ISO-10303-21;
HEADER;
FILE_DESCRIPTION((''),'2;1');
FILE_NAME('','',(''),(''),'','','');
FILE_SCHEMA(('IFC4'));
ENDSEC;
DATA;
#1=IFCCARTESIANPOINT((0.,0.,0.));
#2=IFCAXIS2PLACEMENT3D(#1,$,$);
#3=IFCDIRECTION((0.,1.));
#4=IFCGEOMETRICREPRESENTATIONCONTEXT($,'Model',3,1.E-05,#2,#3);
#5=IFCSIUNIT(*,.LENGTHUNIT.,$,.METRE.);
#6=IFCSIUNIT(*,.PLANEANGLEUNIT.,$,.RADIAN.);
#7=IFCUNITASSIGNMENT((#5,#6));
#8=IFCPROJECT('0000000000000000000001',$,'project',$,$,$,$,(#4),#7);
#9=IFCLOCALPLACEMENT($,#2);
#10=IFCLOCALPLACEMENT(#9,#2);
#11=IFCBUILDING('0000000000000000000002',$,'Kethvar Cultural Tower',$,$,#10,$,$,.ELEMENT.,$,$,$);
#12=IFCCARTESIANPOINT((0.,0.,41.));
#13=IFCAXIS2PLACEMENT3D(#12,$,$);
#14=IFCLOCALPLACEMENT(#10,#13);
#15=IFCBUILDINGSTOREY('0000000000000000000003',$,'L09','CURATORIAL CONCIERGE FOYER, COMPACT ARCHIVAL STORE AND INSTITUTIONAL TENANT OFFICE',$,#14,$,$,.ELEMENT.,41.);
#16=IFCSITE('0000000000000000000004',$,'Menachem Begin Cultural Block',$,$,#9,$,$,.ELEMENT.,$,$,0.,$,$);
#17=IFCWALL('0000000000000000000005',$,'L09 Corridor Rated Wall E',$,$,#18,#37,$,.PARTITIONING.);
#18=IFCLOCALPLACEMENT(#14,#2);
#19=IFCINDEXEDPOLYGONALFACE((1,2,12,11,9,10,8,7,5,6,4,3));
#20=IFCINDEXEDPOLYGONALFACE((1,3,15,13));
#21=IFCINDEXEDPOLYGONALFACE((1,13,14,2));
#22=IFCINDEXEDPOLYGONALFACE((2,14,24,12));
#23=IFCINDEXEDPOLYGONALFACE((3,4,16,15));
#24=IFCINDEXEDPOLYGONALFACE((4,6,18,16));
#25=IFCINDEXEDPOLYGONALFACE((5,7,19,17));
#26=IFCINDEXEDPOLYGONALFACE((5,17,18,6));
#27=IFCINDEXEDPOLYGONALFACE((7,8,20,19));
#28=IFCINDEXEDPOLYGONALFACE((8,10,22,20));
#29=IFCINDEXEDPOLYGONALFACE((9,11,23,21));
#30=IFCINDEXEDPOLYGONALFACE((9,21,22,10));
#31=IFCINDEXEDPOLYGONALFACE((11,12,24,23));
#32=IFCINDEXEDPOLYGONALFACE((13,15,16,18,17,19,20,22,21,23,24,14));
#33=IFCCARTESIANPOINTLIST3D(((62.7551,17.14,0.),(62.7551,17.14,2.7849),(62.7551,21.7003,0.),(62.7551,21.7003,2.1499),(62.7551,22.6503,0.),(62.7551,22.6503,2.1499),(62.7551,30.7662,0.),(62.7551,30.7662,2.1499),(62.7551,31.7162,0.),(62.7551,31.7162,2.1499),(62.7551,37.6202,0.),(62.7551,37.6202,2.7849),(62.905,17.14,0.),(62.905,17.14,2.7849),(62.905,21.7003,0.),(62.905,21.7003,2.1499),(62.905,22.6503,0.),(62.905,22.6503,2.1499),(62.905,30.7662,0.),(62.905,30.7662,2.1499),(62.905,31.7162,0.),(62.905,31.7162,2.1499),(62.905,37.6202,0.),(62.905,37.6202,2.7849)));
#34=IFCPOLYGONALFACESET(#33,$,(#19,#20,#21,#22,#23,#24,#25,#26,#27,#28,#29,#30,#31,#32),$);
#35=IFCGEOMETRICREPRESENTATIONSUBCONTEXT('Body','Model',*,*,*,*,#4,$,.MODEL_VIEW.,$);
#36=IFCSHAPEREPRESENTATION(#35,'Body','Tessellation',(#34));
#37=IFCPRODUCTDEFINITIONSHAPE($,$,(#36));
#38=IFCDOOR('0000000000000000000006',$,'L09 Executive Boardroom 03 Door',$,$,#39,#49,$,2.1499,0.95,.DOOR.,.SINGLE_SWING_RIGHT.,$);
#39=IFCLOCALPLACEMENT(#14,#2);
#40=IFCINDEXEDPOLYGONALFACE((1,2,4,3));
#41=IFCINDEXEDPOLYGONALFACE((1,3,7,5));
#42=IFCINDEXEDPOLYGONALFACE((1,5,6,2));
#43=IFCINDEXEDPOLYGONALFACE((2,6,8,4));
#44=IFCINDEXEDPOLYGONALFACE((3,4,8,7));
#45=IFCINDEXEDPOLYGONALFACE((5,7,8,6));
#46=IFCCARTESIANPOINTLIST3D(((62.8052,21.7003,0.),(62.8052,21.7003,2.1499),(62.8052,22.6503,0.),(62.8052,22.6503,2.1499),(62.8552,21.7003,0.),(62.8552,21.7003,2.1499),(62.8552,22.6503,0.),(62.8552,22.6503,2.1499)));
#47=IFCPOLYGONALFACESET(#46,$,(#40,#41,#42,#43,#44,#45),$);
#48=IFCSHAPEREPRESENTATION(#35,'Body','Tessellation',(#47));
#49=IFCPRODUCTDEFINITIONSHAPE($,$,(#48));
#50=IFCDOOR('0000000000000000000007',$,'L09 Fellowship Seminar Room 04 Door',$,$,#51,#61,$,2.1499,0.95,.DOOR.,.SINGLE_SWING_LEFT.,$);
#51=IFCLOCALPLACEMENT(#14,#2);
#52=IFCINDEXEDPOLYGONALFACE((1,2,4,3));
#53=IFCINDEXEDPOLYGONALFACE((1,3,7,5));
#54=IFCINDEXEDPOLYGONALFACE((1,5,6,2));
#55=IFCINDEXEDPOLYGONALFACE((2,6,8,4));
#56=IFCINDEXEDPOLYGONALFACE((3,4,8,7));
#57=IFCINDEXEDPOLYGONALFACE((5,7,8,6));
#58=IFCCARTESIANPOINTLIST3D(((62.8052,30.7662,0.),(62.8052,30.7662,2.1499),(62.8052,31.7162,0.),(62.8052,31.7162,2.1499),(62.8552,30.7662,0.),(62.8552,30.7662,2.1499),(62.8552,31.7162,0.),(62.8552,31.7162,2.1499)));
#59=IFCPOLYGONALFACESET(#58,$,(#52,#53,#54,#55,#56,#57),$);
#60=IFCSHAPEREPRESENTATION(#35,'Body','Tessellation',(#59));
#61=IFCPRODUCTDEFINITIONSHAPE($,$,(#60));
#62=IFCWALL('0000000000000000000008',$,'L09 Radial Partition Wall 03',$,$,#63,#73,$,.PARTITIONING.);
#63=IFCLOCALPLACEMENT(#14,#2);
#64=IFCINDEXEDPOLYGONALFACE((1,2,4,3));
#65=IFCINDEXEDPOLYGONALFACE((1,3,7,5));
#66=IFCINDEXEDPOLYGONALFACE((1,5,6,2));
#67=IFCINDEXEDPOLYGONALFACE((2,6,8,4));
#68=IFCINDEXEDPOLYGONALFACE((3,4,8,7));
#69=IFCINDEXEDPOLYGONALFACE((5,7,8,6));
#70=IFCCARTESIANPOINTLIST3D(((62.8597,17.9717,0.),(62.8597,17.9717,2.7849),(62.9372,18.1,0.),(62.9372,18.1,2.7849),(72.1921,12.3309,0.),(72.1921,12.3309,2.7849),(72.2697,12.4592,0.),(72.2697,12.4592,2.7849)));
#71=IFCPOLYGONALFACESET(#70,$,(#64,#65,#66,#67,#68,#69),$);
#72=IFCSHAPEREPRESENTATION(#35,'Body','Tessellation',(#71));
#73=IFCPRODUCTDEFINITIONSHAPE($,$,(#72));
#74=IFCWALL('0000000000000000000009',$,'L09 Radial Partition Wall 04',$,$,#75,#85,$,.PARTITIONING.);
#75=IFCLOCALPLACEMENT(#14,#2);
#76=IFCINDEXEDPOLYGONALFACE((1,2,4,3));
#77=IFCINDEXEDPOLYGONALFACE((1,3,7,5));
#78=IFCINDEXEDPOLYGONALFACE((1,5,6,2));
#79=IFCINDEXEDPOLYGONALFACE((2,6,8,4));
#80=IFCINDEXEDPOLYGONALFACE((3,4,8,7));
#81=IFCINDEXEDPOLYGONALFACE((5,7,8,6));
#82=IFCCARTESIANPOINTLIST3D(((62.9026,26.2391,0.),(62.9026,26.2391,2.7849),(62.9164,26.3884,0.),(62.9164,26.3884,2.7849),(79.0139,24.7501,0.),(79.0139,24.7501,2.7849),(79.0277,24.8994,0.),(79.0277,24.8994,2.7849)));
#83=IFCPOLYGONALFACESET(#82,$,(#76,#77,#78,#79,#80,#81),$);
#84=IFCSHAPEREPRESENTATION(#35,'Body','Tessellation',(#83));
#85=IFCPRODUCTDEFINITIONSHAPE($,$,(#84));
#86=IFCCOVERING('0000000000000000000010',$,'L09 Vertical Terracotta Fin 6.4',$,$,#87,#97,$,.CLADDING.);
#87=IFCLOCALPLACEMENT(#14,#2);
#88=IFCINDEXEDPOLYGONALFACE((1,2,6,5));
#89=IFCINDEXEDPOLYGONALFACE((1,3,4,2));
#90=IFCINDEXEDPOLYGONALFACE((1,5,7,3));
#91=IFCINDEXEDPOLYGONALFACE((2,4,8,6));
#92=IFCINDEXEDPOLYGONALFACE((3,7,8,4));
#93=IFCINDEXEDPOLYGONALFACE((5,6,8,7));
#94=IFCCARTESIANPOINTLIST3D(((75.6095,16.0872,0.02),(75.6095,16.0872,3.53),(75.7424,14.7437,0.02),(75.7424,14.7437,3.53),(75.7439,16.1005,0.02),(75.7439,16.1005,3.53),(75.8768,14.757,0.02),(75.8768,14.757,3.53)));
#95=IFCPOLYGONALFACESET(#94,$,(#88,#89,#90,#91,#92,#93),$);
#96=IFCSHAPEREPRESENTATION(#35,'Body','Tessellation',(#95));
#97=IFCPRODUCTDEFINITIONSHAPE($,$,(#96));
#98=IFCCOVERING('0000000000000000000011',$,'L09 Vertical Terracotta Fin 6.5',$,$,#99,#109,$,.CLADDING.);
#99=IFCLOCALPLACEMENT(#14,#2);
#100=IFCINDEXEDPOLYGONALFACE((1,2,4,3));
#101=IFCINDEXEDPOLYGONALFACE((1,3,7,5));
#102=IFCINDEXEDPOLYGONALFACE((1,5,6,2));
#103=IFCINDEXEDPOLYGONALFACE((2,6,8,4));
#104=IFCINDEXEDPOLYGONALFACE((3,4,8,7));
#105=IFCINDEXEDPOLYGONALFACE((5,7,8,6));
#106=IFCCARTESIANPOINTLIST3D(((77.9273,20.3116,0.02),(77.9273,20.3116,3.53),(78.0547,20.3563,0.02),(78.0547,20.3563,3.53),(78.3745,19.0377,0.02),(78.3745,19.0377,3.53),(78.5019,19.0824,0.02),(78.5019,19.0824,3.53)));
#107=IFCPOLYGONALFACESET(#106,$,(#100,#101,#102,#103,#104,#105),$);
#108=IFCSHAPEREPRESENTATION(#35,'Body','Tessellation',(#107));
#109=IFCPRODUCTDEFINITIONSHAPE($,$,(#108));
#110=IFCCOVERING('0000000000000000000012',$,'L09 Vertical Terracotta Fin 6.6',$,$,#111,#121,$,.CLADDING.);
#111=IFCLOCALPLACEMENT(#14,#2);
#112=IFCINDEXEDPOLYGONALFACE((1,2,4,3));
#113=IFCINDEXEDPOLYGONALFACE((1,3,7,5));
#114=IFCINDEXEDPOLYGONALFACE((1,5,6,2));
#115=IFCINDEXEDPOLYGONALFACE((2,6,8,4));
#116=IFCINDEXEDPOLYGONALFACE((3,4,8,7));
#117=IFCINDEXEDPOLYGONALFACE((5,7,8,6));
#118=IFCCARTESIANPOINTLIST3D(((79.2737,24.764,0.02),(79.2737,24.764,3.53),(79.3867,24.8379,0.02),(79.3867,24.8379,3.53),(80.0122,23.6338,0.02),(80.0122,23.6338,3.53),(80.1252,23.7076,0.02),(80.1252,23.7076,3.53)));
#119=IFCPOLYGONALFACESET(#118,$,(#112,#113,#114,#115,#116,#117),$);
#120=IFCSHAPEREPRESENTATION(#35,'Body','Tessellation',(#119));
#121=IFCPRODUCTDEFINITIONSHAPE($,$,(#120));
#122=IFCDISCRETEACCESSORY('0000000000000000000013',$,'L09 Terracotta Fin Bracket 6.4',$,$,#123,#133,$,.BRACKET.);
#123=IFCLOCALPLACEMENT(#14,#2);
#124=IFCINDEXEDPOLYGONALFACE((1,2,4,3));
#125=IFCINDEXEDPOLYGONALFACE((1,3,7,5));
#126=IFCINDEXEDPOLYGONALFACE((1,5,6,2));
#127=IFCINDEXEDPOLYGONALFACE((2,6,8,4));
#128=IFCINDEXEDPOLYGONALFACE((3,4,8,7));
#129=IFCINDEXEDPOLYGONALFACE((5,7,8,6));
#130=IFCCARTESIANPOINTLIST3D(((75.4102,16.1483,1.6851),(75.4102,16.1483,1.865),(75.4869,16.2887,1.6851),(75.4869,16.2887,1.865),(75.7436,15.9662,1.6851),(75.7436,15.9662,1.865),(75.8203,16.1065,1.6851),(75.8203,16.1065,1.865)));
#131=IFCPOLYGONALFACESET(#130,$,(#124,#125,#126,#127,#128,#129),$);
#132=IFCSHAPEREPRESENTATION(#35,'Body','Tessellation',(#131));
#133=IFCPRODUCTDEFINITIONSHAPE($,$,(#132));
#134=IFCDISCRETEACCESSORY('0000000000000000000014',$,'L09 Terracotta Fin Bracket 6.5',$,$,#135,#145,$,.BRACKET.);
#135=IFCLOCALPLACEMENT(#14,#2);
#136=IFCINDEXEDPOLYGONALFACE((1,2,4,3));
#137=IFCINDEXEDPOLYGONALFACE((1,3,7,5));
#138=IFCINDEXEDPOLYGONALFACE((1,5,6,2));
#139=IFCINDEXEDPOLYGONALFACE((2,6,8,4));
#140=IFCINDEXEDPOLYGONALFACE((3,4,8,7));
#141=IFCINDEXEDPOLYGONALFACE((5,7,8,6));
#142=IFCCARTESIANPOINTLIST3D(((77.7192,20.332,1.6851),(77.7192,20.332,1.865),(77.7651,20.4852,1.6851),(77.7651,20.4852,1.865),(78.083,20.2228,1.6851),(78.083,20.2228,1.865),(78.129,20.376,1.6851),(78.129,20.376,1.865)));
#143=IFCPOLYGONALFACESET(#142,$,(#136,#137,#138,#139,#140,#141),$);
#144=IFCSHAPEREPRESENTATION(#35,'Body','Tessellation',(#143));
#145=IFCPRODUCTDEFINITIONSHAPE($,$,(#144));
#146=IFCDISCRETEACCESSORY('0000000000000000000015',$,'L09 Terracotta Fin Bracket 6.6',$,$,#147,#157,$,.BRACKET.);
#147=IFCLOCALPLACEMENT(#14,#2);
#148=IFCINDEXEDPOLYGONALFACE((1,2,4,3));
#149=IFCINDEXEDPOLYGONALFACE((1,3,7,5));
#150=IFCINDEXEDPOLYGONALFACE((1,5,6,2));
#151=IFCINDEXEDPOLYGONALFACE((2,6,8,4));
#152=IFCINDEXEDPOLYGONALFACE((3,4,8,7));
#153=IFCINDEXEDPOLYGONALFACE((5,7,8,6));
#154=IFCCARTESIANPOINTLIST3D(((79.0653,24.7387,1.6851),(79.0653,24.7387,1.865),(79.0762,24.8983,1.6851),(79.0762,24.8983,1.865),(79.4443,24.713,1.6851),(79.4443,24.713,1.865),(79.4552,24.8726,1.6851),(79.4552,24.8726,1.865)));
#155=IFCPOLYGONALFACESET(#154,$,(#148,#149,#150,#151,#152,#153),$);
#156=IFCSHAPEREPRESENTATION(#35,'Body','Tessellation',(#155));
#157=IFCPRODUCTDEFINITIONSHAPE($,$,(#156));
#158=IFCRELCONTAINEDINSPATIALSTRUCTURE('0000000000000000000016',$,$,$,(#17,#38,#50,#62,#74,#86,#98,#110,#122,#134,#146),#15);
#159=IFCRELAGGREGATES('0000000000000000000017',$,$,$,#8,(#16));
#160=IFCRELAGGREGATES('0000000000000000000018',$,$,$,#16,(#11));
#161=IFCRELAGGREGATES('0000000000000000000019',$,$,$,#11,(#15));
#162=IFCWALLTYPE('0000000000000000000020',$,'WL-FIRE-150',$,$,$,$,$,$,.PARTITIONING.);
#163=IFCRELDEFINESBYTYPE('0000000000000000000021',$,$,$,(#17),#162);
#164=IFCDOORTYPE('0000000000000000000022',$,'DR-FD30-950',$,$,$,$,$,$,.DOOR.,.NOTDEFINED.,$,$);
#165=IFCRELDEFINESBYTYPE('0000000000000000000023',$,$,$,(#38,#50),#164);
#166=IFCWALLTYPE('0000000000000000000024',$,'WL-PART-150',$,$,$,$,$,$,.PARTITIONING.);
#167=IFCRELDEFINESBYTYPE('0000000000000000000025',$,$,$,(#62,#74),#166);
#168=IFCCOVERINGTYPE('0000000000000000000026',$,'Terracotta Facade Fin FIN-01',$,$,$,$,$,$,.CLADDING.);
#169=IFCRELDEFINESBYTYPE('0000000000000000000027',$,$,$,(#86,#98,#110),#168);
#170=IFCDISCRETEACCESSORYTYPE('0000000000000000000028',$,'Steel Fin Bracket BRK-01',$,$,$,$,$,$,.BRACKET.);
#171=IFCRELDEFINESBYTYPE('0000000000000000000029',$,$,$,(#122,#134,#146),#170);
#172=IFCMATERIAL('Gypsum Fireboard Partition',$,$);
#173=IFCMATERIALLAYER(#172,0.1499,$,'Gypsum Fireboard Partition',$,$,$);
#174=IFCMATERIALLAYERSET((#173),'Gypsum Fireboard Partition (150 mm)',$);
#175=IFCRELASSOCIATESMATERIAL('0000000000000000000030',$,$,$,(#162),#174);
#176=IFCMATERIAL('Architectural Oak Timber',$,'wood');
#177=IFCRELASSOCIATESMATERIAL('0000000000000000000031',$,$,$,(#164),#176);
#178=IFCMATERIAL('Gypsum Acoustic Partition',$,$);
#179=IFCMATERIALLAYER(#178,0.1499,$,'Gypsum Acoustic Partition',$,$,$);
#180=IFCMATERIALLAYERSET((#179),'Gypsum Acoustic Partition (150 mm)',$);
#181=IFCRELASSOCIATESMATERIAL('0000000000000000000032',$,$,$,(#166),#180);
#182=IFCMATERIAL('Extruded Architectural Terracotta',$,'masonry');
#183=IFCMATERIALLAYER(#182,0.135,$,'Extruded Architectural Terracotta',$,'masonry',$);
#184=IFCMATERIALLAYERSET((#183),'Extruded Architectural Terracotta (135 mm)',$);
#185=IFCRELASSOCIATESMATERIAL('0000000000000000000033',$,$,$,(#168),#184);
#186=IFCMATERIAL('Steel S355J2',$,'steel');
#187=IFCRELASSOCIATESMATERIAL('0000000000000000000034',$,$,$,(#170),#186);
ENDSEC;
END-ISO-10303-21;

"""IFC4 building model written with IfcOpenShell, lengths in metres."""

from ifc_helpers import new_model, si_unit, direction, frame, frame_2d, origin, origin_2d, place, context, subcontext, project, spatial, rectangle, extrude, source, transform, mapped, material, layer, layer_set, type_object, element, fill, save


model = new_model("IFC4")

# Units and contexts
model_context = context("Model", 3, precision=1e-05, world=origin(), true_north=direction((0.0, 1.0)))
body_context = subcontext(model_context, "Body", "Model", "MODEL_VIEW")
ifc_project = project(units=[si_unit("LENGTHUNIT", "METRE"), si_unit("PLANEANGLEUNIT", "RADIAN")], contexts=[model_context])

# Site, building, storey
site_placement = place(None, origin())
site = spatial("IfcSite", under=ifc_project, at=site_placement, Name="Menachem Begin Cultural Block", CompositionType="ELEMENT", RefElevation=0.0)
building_placement = place(site_placement, origin())
building = spatial("IfcBuilding", under=site, at=building_placement, Name="Kethvar Cultural Tower", CompositionType="ELEMENT")
storey_placement = place(building_placement, frame((0.0, 0.0, 41.0)))
storey = spatial("IfcBuildingStorey", under=building, at=storey_placement, Name="L09", Description="CURATORIAL CONCIERGE FOYER, COMPACT ARCHIVAL STORE AND INSTITUTIONAL TENANT OFFICE", CompositionType="ELEMENT", Elevation=41.0)

# Shared definitions
ifc_material_1 = material(Name="Steel S355J2", Category="steel")

# Wall, openings, doors
ifc_material_2 = material(Name="Gypsum Fireboard Partition")
ifc_layer_1 = layer(ifc_material_2, 0.1499, Name="Gypsum Fireboard Partition")
ifc_layer_set_1 = layer_set([ifc_layer_1], Name="Gypsum Fireboard Partition (150 mm)")
wall_type_1 = type_object("IfcWallType", Name="WL-FIRE-150", PredefinedType="PARTITIONING", material=ifc_layer_set_1)
wall_1_placement = place(storey_placement, frame((62.8301, 17.1399, 0.0), z_axis=(0.0, 0.0, 1.0), x_axis=(0.0, 1.0, 0.0)))
wall_1 = element("IfcWall", 1, at=wall_1_placement, inside=storey, type_object=wall_type_1, Name="L09 Corridor Rated Wall E", PredefinedType="PARTITIONING", context=body_context, shape_type="SweptSolid", body=[
    extrude(rectangle(XDim=20.4802, YDim=0.1499, at=frame_2d((10.2402, 0.0))), origin(), (0.0, 0.0, 1.0), 2.7849),
])
opening_1_placement = place(wall_1_placement, frame((4.5603, 0.0, 0.0)))
opening_1 = element("IfcOpeningElement", 2, at=opening_1_placement, cuts=wall_1, PredefinedType="OPENING", context=body_context, shape_type="SweptSolid", body=[
    extrude(rectangle(XDim=0.95, YDim=2.1499, at=frame_2d((0.4751, 1.075))), frame((0.0, 0.085, 0.0), z_axis=(0.0, -1.0, 0.0), x_axis=(1.0, 0.0, 0.0)), (0.0, 0.0, 1.0), 0.1699),
])
opening_2_placement = place(wall_1_placement, frame((13.6262, 0.0, 0.0)))
opening_2 = element("IfcOpeningElement", 3, at=opening_2_placement, cuts=wall_1, PredefinedType="OPENING", context=body_context, shape_type="SweptSolid", body=[
    extrude(rectangle(XDim=0.95, YDim=2.1499, at=frame_2d((0.4751, 1.075))), frame((0.0, 0.085, 0.0), z_axis=(0.0, -1.0, 0.0), x_axis=(1.0, 0.0, 0.0)), (0.0, 0.0, 1.0), 0.1699),
])
ifc_material_3 = material(Name="Architectural Oak Timber", Category="wood")
door_type_1 = type_object("IfcDoorType", Name="DR-FD30-950", OperationType="NOTDEFINED", PredefinedType="DOOR", material=ifc_material_3)
shared_shape_1 = source(origin(), body_context, "Body", "SweptSolid", [
    extrude(rectangle(XDim=0.95, YDim=2.1499, at=frame_2d((0.4751, 1.075))), frame((0.0, 0.0249, 0.0), z_axis=(0.0, -1.0, 0.0), x_axis=(1.0, 0.0, 0.0)), (0.0, 0.0, 1.0), 0.05),
])
door_1_placement = place(opening_1_placement, origin())
door_1 = element("IfcDoor", 4, at=door_1_placement, inside=storey, type_object=door_type_1, Name="L09 Executive Boardroom 03 Door", OperationType="SINGLE_SWING_RIGHT", OverallHeight=2.1499, OverallWidth=0.95, PredefinedType="DOOR", context=body_context, shape_type="MappedRepresentation", body=[
    mapped(shared_shape_1, transform((0.0, 0.0, 0.0), scale=1.0)),
])
fill(opening_1, door_1)
door_2_placement = place(opening_2_placement, origin())
door_2 = element("IfcDoor", 5, at=door_2_placement, inside=storey, type_object=door_type_1, Name="L09 Fellowship Seminar Room 04 Door", OperationType="SINGLE_SWING_LEFT", OverallHeight=2.1499, OverallWidth=0.95, PredefinedType="DOOR", context=body_context, shape_type="MappedRepresentation", body=[
    mapped(shared_shape_1, transform((0.0, 0.0, 0.0), scale=1.0)),
])
fill(opening_2, door_2)

# Walls
ifc_material_4 = material(Name="Gypsum Acoustic Partition")
ifc_layer_2 = layer(ifc_material_4, 0.1499, Name="Gypsum Acoustic Partition")
ifc_layer_set_2 = layer_set([ifc_layer_2], Name="Gypsum Acoustic Partition (150 mm)")
wall_type_2 = type_object("IfcWallType", Name="WL-PART-150", PredefinedType="PARTITIONING", material=ifc_layer_set_2)
wall_2_placement = place(storey_placement, frame((62.8984, 18.0359, 0.0), z_axis=(0.0, 0.0, 1.0), x_axis=(0.855815, -0.517282, 0.0)))
element("IfcWall", 6, at=wall_2_placement, inside=storey, type_object=wall_type_2, Name="L09 Radial Partition Wall 03", PredefinedType="PARTITIONING", context=body_context, shape_type="SweptSolid", body=[
    extrude(rectangle(XDim=10.9048, YDim=0.1499, at=frame_2d((5.4524, 0.0))), origin(), (0.0, 0.0, 1.0), 2.7849),
])
wall_3_placement = place(storey_placement, frame((62.9097, 26.3137, 0.0), z_axis=(0.0, 0.0, 1.0), x_axis=(0.995756, -0.092028, 0.0)))
element("IfcWall", 7, at=wall_3_placement, inside=storey, type_object=wall_type_2, Name="L09 Radial Partition Wall 04", PredefinedType="PARTITIONING", context=body_context, shape_type="SweptSolid", body=[
    extrude(rectangle(XDim=16.1799, YDim=0.1499, at=frame_2d((8.0898, 0.0))), origin(), (0.0, 0.0, 1.0), 2.7849),
])

# Coverings
ifc_material_5 = material(Name="Extruded Architectural Terracotta", Category="masonry")
ifc_layer_3 = layer(ifc_material_5, 0.135, Name="Extruded Architectural Terracotta", Category="masonry")
ifc_layer_set_3 = layer_set([ifc_layer_3], Name="Extruded Architectural Terracotta (135 mm)")
covering_type = type_object("IfcCoveringType", Name="Terracotta Facade Fin FIN-01", PredefinedType="CLADDING", material=ifc_layer_set_3)
shared_shape_2 = source(origin(), body_context, "Body", "SweptSolid", [
    extrude(rectangle(XDim=1.3501, YDim=0.135, at=origin_2d()), origin(), (0.0, 0.0, 1.0), 3.51),
])
for number, where, z_axis, x_axis, name in (
    (8, (75.7432, 15.4221, 0.02), (0.0, 0.0, 1.0), (0.098451, -0.995142, 0.0), "L09 Vertical Terracotta Fin 6.4"),
    (9, (78.2146, 19.697, 0.02), (0.0, 0.0, 1.0), (0.331173, -0.94357, 0.0), "L09 Vertical Terracotta Fin 6.5"),
    (10, (79.6995, 24.2358, 0.02), (0.0, 0.0, 1.0), (0.546979, -0.837146, 0.0), "L09 Vertical Terracotta Fin 6.6"),
):
    element("IfcCovering", number, at=place(storey_placement, frame(where, z_axis=z_axis, x_axis=x_axis)), inside=storey, type_object=covering_type, Name=name, PredefinedType="CLADDING", context=body_context, shape_type="MappedRepresentation", body=[
        mapped(shared_shape_2, transform((0.0, 0.0, 0.0), scale=1.0)),
    ])

# Discrete accessories
discrete_accessory_type = type_object("IfcDiscreteAccessoryType", Name="Steel Fin Bracket BRK-01", PredefinedType="BRACKET", material=ifc_material_1)
shared_shape_3 = source(origin(), body_context, "Body", "SweptSolid", [
    extrude(rectangle(XDim=0.3799, YDim=0.1599, at=origin_2d()), origin(), (0.0, 0.0, 1.0), 0.1799),
])
for number, where, z_axis, x_axis, name in (
    (11, (75.6152, 16.1274, 1.6851), (0.0, 0.0, 1.0), (0.877565, -0.479458, 0.0), "L09 Terracotta Fin Bracket 6.4"),
    (12, (77.9241, 20.354, 1.6851), (0.0, 0.0, 1.0), (0.957772, -0.287528, 0.0), "L09 Terracotta Fin Bracket 6.5"),
    (13, (79.2603, 24.8057, 1.6851), (0.0, 0.0, 1.0), (0.997708, -0.067667, 0.0), "L09 Terracotta Fin Bracket 6.6"),
):
    element("IfcDiscreteAccessory", number, at=place(storey_placement, frame(where, z_axis=z_axis, x_axis=x_axis)), inside=storey, type_object=discrete_accessory_type, Name=name, PredefinedType="BRACKET", context=body_context, shape_type="MappedRepresentation", body=[
        mapped(shared_shape_3, transform((0.0, 0.0, 0.0), scale=1.0)),
    ])

save(model, "model.ifc")
